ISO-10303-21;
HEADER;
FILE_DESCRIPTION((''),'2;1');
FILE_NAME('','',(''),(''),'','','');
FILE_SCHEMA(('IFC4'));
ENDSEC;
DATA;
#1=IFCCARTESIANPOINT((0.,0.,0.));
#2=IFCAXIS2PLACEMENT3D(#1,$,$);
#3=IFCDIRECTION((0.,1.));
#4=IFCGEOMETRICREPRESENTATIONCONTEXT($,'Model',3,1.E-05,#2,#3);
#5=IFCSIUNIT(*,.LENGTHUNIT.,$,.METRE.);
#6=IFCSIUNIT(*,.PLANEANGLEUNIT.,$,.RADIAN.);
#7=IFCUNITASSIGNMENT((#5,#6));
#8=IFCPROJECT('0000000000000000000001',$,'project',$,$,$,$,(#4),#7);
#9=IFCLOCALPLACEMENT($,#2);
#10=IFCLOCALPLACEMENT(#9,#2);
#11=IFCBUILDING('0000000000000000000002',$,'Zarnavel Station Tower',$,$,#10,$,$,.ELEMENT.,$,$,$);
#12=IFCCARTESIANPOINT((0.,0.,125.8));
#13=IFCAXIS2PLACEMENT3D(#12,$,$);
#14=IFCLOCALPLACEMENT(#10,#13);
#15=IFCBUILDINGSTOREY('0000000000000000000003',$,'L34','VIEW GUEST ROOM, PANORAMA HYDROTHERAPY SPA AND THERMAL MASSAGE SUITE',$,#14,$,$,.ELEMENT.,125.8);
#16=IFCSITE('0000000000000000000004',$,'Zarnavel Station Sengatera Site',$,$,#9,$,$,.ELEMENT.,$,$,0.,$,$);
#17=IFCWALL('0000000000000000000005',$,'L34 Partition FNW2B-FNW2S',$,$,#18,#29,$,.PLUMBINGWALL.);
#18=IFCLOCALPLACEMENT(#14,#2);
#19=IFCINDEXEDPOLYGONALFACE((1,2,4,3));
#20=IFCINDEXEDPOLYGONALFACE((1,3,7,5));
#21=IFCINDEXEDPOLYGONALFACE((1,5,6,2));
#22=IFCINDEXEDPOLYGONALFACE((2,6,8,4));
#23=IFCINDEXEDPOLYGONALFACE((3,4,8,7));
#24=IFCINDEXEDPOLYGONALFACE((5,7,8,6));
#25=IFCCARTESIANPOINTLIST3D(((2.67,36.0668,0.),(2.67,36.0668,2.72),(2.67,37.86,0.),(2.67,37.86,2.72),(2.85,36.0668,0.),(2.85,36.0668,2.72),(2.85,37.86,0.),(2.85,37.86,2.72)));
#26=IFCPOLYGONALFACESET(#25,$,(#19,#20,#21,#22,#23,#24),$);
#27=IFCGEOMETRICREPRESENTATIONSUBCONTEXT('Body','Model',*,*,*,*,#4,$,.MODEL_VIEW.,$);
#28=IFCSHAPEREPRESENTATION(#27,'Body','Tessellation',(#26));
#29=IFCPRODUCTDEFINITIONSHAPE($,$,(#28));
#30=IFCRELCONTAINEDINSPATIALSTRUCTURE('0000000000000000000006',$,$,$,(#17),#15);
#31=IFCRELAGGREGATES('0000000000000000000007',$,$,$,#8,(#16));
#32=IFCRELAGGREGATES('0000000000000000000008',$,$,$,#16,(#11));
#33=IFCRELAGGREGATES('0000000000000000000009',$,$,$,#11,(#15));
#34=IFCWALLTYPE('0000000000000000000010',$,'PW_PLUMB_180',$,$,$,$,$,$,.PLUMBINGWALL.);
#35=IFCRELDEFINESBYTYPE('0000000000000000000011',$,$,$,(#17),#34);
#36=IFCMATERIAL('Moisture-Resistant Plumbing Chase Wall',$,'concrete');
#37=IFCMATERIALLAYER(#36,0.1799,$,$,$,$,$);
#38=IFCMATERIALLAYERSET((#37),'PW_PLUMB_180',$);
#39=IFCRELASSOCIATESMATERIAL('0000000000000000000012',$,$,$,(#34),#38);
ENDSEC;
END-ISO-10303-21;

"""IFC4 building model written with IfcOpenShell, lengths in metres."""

from ifc_helpers import new_model, si_unit, direction, frame, frame_2d, origin, place, context, subcontext, project, spatial, rectangle, extrude, material, layer, layer_set, type_object, element, save


model = new_model("IFC4")

# Units and contexts
model_context = context("Model", 3, precision=1e-05, world=origin(), true_north=direction((0.0, 1.0)))
body_context = subcontext(model_context, "Body", "Model", "MODEL_VIEW")
ifc_project = project(units=[si_unit("LENGTHUNIT", "METRE"), si_unit("PLANEANGLEUNIT", "RADIAN")], contexts=[model_context])

# Site, building, storey
site_placement = place(None, origin())
site = spatial("IfcSite", under=ifc_project, at=site_placement, Name="Zarnavel Station Sengatera Site", CompositionType="ELEMENT", RefElevation=0.0)
building_placement = place(site_placement, origin())
building = spatial("IfcBuilding", under=site, at=building_placement, Name="Zarnavel Station Tower", CompositionType="ELEMENT")
storey_placement = place(building_placement, frame((0.0, 0.0, 125.8)))
storey = spatial("IfcBuildingStorey", under=building, at=storey_placement, Name="L34", Description="VIEW GUEST ROOM, PANORAMA HYDROTHERAPY SPA AND THERMAL MASSAGE SUITE", CompositionType="ELEMENT", Elevation=125.8)

# Wall
ifc_material_1 = material(Name="Moisture-Resistant Plumbing Chase Wall", Category="concrete")
ifc_layer_1 = layer(ifc_material_1, 0.1799)
ifc_layer_set_1 = layer_set([ifc_layer_1], Name="PW_PLUMB_180")
wall_type_1 = type_object("IfcWallType", Name="PW_PLUMB_180", PredefinedType="PLUMBINGWALL", material=ifc_layer_set_1)
wall_1_placement = place(storey_placement, frame((2.76, 36.0669, 0.0), z_axis=(0.0, 0.0, 1.0), x_axis=(0.0, 1.0, 0.0)))
element("IfcWall", 1, at=wall_1_placement, inside=storey, type_object=wall_type_1, Name="L34 Partition FNW2B-FNW2S", PredefinedType="PLUMBINGWALL", context=body_context, shape_type="SweptSolid", body=[
    extrude(rectangle(XDim=1.7932, YDim=0.1799, at=frame_2d((0.8965, 0.0))), origin(), (0.0, 0.0, 1.0), 2.72),
])

save(model, "model.ifc")
